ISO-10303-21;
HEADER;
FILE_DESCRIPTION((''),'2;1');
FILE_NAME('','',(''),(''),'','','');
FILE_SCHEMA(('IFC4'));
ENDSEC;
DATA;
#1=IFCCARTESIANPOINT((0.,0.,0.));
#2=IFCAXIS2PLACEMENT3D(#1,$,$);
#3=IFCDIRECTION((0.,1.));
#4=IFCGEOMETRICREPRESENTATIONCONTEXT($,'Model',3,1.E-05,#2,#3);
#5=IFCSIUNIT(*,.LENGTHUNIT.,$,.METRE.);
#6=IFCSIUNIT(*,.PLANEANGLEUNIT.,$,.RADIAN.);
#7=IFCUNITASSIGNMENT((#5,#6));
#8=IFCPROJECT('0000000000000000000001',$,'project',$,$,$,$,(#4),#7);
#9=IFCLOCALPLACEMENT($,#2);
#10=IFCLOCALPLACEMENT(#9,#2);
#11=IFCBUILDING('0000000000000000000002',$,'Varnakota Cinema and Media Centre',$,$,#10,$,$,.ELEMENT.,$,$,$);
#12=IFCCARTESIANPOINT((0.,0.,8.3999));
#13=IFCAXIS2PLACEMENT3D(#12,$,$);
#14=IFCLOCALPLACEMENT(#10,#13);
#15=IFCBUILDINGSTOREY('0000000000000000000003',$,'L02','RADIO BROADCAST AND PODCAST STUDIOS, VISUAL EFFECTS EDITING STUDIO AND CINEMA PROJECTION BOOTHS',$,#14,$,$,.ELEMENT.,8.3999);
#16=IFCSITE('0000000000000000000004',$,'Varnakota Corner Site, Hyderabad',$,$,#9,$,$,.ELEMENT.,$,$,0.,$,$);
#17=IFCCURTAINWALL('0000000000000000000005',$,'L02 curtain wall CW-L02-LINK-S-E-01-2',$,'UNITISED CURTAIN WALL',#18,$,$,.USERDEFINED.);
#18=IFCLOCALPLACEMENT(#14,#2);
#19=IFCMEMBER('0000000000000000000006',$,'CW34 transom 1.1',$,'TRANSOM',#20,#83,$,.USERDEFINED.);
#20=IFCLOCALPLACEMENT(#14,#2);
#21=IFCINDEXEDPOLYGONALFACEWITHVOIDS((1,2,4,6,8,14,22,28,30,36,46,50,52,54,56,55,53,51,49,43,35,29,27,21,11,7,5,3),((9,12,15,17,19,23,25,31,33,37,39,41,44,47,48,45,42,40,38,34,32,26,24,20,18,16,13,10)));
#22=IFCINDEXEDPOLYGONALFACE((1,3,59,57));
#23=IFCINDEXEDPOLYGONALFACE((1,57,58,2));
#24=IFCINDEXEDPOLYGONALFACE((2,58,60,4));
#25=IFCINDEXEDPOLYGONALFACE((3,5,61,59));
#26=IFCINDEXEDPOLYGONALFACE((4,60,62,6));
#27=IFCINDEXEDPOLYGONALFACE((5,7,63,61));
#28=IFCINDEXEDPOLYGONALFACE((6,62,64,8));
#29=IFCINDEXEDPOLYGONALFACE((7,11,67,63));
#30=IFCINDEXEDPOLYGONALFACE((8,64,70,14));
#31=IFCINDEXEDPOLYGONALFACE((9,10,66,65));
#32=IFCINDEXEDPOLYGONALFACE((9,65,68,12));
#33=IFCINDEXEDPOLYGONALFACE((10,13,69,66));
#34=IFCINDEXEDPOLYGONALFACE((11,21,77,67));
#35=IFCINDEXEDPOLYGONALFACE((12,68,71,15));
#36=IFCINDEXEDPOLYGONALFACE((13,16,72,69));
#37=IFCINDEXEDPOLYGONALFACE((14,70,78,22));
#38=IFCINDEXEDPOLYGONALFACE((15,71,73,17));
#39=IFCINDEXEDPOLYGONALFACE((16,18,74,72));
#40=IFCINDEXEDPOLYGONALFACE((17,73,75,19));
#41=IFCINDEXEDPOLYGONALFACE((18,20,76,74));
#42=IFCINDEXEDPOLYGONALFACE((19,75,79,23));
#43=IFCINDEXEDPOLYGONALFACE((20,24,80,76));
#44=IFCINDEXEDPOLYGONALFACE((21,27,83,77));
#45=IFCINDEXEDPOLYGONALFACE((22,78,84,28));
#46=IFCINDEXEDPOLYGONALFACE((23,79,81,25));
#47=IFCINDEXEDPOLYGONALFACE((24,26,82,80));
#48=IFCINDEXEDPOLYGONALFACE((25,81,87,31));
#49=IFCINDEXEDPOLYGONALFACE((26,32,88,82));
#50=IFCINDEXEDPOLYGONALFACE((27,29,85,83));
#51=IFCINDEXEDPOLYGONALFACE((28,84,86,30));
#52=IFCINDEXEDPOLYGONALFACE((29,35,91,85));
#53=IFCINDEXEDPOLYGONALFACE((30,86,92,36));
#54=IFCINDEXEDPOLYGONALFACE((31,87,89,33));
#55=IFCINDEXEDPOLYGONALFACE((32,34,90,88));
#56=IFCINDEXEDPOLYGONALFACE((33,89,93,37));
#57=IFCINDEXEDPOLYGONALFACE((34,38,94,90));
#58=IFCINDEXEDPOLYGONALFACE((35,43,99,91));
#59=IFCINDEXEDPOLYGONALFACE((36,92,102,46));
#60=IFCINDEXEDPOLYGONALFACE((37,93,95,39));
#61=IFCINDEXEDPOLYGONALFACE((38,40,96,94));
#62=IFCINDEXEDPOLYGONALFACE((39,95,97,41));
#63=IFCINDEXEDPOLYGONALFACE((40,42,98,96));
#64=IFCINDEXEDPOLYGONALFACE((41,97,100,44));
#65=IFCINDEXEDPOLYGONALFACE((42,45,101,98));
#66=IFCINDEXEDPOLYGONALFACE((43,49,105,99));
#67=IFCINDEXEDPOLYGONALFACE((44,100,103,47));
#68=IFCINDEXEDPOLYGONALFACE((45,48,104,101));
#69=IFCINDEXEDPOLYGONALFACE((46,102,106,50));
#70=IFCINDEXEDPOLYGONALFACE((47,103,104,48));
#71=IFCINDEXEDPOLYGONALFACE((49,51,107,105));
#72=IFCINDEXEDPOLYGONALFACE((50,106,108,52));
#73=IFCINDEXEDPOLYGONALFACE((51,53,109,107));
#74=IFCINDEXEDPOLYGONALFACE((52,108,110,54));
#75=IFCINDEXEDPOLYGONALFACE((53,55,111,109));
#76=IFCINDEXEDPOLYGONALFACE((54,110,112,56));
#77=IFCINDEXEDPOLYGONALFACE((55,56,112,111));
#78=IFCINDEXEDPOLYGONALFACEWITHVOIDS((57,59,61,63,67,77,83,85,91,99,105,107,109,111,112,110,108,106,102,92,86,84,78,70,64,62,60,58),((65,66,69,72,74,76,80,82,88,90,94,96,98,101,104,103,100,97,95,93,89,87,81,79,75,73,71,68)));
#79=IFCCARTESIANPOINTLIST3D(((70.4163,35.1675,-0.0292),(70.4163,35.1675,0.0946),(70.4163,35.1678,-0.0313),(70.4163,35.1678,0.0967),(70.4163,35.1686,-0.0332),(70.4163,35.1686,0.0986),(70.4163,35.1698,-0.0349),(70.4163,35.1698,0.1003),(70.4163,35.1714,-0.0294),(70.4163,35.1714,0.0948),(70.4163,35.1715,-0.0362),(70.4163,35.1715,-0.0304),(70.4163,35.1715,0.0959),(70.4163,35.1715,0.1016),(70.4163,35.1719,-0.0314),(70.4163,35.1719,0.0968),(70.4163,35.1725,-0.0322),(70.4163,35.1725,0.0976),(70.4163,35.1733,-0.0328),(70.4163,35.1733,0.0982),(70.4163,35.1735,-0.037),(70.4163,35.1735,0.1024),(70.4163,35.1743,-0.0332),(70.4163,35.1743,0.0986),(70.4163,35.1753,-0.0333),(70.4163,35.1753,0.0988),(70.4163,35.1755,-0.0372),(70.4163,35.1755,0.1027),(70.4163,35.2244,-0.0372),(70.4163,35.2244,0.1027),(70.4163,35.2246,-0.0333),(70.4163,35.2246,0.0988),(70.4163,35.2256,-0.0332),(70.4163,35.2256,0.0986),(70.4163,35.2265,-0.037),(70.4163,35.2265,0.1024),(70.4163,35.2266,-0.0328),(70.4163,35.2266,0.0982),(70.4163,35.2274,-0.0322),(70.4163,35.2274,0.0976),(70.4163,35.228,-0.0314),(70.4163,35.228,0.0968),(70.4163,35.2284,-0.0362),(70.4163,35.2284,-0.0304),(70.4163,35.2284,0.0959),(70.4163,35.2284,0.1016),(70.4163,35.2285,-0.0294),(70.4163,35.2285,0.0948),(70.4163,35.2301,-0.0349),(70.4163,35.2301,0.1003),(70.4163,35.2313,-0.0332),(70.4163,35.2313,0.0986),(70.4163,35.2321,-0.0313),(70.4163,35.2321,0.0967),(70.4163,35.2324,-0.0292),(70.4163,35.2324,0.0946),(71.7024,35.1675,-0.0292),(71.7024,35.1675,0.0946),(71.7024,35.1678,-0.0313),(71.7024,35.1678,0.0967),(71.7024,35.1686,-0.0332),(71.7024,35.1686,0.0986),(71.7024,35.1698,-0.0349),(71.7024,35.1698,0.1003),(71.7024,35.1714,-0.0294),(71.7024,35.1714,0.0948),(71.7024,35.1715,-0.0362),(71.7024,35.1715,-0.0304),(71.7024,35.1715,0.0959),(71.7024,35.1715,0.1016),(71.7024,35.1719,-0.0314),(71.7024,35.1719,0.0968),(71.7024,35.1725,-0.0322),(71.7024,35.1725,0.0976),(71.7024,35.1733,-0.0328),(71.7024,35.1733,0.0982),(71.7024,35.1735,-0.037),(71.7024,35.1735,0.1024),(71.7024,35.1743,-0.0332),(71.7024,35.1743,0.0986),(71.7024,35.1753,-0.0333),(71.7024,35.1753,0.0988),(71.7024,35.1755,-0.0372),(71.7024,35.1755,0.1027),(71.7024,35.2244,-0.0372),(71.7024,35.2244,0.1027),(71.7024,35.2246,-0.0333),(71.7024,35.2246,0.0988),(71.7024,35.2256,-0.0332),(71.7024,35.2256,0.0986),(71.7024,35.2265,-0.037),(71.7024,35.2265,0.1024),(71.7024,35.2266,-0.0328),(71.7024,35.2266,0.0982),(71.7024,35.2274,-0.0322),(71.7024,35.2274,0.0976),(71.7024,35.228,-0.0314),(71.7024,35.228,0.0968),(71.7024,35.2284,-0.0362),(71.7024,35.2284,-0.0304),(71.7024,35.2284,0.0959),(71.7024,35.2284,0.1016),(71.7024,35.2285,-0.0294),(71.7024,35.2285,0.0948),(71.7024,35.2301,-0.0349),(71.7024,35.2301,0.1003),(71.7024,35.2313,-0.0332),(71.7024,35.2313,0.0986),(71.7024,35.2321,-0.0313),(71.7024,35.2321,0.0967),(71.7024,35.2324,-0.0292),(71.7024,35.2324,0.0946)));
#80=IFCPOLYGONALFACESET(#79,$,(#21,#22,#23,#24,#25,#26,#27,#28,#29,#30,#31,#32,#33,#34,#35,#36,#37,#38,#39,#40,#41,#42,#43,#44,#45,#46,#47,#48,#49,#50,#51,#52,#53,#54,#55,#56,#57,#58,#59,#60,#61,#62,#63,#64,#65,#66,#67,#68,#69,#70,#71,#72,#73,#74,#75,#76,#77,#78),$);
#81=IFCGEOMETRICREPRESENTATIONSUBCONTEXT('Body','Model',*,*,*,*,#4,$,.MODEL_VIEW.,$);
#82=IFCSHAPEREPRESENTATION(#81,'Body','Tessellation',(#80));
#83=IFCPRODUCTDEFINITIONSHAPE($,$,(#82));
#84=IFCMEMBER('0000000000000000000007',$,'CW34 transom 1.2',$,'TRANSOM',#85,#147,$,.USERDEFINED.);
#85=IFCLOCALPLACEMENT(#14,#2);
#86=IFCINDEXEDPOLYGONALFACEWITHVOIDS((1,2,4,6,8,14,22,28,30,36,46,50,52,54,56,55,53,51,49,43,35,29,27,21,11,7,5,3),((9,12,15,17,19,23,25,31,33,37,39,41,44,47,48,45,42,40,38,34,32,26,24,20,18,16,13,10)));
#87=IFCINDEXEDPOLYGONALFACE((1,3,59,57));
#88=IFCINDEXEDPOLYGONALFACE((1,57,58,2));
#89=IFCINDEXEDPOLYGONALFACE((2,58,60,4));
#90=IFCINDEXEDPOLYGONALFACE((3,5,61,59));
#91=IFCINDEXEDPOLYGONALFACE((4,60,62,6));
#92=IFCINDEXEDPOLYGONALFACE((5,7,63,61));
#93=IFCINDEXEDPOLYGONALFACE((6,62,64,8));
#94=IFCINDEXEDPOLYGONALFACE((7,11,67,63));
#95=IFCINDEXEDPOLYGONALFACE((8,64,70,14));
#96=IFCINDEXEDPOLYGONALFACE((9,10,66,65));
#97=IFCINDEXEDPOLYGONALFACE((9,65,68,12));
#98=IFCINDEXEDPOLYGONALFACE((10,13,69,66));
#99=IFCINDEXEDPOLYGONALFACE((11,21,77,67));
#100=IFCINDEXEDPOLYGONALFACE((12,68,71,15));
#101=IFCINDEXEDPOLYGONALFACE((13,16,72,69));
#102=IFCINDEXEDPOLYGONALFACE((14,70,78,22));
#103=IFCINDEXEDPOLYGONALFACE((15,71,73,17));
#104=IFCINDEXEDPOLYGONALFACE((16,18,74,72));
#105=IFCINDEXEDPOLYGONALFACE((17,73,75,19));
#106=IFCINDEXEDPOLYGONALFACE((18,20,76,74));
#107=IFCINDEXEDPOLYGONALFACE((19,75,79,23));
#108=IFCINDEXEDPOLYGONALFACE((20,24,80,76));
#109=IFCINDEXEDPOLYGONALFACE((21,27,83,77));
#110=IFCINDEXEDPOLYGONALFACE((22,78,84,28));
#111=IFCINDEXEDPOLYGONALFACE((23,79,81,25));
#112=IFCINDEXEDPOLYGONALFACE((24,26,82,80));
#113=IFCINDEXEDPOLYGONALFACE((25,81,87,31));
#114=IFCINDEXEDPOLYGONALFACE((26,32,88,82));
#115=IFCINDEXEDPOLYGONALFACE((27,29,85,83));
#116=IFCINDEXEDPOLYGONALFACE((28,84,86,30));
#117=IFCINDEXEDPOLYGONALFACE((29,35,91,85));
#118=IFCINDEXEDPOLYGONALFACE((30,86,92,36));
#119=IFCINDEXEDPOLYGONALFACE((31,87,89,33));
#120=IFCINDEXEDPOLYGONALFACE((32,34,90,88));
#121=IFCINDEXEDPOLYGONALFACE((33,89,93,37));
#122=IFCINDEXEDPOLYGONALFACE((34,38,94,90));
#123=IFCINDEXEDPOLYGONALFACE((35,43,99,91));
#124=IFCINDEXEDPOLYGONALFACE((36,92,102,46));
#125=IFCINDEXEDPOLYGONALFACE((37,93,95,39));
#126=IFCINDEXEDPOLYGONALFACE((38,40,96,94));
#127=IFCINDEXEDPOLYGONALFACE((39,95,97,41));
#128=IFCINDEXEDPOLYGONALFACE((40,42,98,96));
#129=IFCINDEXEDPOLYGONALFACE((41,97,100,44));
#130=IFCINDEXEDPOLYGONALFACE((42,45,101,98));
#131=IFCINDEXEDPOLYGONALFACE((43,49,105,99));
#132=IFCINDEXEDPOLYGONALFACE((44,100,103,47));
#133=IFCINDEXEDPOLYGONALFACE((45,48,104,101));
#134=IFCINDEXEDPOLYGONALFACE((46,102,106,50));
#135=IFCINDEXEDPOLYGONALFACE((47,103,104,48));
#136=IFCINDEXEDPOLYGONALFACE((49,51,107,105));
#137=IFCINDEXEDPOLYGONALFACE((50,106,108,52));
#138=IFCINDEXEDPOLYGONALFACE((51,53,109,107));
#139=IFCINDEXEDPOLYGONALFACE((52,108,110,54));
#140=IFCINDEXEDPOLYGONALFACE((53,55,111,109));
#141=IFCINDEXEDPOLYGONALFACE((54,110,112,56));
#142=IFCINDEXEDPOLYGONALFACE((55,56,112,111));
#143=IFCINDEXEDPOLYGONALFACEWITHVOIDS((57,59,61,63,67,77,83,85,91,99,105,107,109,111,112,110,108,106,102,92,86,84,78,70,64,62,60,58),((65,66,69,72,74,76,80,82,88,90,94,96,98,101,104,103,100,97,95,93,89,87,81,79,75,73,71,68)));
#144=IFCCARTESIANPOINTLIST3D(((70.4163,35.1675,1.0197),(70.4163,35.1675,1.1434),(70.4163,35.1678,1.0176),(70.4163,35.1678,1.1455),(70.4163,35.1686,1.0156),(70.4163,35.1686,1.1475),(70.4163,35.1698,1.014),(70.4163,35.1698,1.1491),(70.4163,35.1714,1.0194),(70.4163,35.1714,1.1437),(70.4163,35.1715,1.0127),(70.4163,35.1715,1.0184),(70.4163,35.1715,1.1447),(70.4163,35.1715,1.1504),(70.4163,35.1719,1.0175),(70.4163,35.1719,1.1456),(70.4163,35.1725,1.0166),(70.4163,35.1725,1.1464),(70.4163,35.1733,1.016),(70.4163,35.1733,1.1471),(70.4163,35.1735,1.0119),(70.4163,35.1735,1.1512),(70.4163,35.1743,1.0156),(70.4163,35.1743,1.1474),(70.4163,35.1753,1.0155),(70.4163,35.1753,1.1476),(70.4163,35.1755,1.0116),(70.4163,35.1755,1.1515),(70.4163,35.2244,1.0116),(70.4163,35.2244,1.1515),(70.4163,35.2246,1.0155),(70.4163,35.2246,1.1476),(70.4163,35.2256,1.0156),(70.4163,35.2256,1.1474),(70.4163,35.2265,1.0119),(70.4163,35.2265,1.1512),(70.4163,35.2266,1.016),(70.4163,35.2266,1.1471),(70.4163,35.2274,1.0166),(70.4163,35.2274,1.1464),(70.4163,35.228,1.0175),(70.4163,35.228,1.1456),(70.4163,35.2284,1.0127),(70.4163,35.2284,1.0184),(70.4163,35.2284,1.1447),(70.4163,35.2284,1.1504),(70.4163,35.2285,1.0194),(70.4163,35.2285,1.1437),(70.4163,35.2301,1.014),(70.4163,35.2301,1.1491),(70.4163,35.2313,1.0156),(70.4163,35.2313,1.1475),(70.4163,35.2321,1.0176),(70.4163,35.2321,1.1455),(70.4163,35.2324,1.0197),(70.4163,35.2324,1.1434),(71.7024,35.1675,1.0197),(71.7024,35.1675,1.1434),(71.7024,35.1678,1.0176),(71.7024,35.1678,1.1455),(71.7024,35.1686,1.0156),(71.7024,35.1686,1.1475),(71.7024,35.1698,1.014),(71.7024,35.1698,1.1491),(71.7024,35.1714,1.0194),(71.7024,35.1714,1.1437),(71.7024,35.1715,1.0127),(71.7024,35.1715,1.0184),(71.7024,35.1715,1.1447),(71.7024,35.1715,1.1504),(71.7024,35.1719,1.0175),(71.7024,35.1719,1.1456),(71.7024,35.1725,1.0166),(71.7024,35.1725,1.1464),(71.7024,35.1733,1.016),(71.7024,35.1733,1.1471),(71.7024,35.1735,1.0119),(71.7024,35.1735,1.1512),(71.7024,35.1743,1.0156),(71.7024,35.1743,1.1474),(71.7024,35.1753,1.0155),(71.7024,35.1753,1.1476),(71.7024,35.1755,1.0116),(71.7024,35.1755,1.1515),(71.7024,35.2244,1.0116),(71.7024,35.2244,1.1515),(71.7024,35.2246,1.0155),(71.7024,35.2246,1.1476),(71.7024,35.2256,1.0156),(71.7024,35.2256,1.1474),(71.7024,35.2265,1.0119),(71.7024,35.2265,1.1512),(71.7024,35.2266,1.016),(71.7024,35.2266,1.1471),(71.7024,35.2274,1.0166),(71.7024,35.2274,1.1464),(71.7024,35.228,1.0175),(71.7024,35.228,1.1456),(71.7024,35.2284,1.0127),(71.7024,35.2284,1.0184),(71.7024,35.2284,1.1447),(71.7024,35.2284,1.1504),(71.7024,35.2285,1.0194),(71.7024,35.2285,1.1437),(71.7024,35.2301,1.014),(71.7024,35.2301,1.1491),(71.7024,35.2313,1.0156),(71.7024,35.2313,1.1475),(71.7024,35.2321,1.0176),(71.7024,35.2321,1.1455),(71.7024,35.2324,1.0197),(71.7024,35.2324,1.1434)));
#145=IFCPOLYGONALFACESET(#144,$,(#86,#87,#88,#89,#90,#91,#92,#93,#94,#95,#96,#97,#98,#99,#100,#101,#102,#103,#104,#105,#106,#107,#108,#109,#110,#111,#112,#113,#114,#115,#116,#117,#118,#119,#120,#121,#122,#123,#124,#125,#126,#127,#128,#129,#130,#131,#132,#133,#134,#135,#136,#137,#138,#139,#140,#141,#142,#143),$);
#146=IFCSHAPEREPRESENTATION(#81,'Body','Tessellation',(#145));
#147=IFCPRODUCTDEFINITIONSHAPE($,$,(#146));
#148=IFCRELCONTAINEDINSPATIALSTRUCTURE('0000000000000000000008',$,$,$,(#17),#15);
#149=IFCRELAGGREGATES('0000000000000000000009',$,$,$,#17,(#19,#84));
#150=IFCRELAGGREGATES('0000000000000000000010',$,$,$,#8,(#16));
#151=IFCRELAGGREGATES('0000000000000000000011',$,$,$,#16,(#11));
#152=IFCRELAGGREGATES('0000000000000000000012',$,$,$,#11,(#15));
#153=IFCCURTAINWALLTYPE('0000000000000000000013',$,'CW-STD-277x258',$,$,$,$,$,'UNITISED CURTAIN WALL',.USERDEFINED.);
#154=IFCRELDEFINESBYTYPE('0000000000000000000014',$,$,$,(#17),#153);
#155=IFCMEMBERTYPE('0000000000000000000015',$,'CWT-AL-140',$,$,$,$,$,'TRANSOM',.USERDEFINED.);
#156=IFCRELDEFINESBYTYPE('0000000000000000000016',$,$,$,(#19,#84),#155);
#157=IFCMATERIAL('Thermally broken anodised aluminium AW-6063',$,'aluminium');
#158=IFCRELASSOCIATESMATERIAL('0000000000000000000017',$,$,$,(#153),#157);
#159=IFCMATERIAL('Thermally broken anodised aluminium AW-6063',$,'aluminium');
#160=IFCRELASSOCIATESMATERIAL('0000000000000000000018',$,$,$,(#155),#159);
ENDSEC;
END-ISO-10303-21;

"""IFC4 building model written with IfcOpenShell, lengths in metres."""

from ifc_helpers import new_model, si_unit, direction, frame, origin, origin_2d, place, context, subcontext, project, spatial, hollow_rectangle, extrude, material, material_profile, profile_set, type_object, element, aggregate, save


model = new_model("IFC4")

# Units and contexts
model_context = context("Model", 3, precision=1e-05, world=origin(), true_north=direction((0.0, 1.0)))
body_context = subcontext(model_context, "Body", "Model", "MODEL_VIEW")
ifc_project = project(units=[si_unit("LENGTHUNIT", "METRE"), si_unit("PLANEANGLEUNIT", "RADIAN")], contexts=[model_context])

# Site, building, storey
site_placement = place(None, origin())
site = spatial("IfcSite", under=ifc_project, at=site_placement, Name="Varnakota Corner Site, Hyderabad", CompositionType="ELEMENT", RefElevation=0.0)
building_placement = place(site_placement, origin())
building = spatial("IfcBuilding", under=site, at=building_placement, Name="Varnakota Cinema and Media Centre", CompositionType="ELEMENT")
storey_placement = place(building_placement, frame((0.0, 0.0, 8.3999)))
storey = spatial("IfcBuildingStorey", under=building, at=storey_placement, Name="L02", Description="RADIO BROADCAST AND PODCAST STUDIOS, VISUAL EFFECTS EDITING STUDIO AND CINEMA PROJECTION BOOTHS", CompositionType="ELEMENT", Elevation=8.3999)

# Curtain wall
ifc_material_1 = material(Name="Thermally broken anodised aluminium AW-6063", Category="aluminium")
curtain_wall_type = type_object("IfcCurtainWallType", Name="CW-STD-277x258", ElementType="UNITISED CURTAIN WALL", PredefinedType="USERDEFINED", material=ifc_material_1)
curtain_wall_1_placement = place(storey_placement, origin())
curtain_wall_1 = element("IfcCurtainWall", 1, at=curtain_wall_1_placement, inside=storey, type_object=curtain_wall_type, Name="L02 curtain wall CW-L02-LINK-S-E-01-2", ObjectType="UNITISED CURTAIN WALL", PredefinedType="USERDEFINED")

# Members
ifc_material_2 = material(Name="Thermally broken anodised aluminium AW-6063", Category="aluminium")
ifc_material_profile_1 = material_profile(ifc_material_2, hollow_rectangle(XDim=0.0649, YDim=0.1399, WallThickness=0.0039, InnerFilletRadius=0.0039, OuterFilletRadius=0.0081, at=origin_2d()), Name="AL-TRANSOM 140x65x4")
ifc_profile_set_1 = profile_set([ifc_material_profile_1], Name="Thermally broken anodised aluminium AW-6063")
member_type_1 = type_object("IfcMemberType", Name="CWT-AL-140", ElementType="TRANSOM", PredefinedType="USERDEFINED", material=ifc_profile_set_1)
member_1_placement = place(storey_placement, frame((71.7024, 35.2, 0.0327), z_axis=(-1.0, 0.0, 0.0), x_axis=(0.0, -1.0, 0.0)))
member_1 = element("IfcMember", 2, at=member_1_placement, type_object=member_type_1, Name="CW34 transom 1.1", ObjectType="TRANSOM", PredefinedType="USERDEFINED", context=body_context, shape_type="SweptSolid", body=[
    extrude(hollow_rectangle(XDim=0.0649, YDim=0.1399, WallThickness=0.0039, InnerFilletRadius=0.0039, OuterFilletRadius=0.0081, at=origin_2d()), origin(), (0.0, 0.0, 1.0), 1.2861),
])
member_2_placement = place(storey_placement, frame((71.7024, 35.2, 1.0815), z_axis=(-1.0, 0.0, 0.0), x_axis=(0.0, -1.0, 0.0)))
member_2 = element("IfcMember", 3, at=member_2_placement, type_object=member_type_1, Name="CW34 transom 1.2", ObjectType="TRANSOM", PredefinedType="USERDEFINED", context=body_context, shape_type="SweptSolid", body=[
    extrude(hollow_rectangle(XDim=0.0649, YDim=0.1399, WallThickness=0.0039, InnerFilletRadius=0.0039, OuterFilletRadius=0.0081, at=origin_2d()), origin(), (0.0, 0.0, 1.0), 1.2861),
])

aggregate(curtain_wall_1, [member_1, member_2])

save(model, "model.ifc")
